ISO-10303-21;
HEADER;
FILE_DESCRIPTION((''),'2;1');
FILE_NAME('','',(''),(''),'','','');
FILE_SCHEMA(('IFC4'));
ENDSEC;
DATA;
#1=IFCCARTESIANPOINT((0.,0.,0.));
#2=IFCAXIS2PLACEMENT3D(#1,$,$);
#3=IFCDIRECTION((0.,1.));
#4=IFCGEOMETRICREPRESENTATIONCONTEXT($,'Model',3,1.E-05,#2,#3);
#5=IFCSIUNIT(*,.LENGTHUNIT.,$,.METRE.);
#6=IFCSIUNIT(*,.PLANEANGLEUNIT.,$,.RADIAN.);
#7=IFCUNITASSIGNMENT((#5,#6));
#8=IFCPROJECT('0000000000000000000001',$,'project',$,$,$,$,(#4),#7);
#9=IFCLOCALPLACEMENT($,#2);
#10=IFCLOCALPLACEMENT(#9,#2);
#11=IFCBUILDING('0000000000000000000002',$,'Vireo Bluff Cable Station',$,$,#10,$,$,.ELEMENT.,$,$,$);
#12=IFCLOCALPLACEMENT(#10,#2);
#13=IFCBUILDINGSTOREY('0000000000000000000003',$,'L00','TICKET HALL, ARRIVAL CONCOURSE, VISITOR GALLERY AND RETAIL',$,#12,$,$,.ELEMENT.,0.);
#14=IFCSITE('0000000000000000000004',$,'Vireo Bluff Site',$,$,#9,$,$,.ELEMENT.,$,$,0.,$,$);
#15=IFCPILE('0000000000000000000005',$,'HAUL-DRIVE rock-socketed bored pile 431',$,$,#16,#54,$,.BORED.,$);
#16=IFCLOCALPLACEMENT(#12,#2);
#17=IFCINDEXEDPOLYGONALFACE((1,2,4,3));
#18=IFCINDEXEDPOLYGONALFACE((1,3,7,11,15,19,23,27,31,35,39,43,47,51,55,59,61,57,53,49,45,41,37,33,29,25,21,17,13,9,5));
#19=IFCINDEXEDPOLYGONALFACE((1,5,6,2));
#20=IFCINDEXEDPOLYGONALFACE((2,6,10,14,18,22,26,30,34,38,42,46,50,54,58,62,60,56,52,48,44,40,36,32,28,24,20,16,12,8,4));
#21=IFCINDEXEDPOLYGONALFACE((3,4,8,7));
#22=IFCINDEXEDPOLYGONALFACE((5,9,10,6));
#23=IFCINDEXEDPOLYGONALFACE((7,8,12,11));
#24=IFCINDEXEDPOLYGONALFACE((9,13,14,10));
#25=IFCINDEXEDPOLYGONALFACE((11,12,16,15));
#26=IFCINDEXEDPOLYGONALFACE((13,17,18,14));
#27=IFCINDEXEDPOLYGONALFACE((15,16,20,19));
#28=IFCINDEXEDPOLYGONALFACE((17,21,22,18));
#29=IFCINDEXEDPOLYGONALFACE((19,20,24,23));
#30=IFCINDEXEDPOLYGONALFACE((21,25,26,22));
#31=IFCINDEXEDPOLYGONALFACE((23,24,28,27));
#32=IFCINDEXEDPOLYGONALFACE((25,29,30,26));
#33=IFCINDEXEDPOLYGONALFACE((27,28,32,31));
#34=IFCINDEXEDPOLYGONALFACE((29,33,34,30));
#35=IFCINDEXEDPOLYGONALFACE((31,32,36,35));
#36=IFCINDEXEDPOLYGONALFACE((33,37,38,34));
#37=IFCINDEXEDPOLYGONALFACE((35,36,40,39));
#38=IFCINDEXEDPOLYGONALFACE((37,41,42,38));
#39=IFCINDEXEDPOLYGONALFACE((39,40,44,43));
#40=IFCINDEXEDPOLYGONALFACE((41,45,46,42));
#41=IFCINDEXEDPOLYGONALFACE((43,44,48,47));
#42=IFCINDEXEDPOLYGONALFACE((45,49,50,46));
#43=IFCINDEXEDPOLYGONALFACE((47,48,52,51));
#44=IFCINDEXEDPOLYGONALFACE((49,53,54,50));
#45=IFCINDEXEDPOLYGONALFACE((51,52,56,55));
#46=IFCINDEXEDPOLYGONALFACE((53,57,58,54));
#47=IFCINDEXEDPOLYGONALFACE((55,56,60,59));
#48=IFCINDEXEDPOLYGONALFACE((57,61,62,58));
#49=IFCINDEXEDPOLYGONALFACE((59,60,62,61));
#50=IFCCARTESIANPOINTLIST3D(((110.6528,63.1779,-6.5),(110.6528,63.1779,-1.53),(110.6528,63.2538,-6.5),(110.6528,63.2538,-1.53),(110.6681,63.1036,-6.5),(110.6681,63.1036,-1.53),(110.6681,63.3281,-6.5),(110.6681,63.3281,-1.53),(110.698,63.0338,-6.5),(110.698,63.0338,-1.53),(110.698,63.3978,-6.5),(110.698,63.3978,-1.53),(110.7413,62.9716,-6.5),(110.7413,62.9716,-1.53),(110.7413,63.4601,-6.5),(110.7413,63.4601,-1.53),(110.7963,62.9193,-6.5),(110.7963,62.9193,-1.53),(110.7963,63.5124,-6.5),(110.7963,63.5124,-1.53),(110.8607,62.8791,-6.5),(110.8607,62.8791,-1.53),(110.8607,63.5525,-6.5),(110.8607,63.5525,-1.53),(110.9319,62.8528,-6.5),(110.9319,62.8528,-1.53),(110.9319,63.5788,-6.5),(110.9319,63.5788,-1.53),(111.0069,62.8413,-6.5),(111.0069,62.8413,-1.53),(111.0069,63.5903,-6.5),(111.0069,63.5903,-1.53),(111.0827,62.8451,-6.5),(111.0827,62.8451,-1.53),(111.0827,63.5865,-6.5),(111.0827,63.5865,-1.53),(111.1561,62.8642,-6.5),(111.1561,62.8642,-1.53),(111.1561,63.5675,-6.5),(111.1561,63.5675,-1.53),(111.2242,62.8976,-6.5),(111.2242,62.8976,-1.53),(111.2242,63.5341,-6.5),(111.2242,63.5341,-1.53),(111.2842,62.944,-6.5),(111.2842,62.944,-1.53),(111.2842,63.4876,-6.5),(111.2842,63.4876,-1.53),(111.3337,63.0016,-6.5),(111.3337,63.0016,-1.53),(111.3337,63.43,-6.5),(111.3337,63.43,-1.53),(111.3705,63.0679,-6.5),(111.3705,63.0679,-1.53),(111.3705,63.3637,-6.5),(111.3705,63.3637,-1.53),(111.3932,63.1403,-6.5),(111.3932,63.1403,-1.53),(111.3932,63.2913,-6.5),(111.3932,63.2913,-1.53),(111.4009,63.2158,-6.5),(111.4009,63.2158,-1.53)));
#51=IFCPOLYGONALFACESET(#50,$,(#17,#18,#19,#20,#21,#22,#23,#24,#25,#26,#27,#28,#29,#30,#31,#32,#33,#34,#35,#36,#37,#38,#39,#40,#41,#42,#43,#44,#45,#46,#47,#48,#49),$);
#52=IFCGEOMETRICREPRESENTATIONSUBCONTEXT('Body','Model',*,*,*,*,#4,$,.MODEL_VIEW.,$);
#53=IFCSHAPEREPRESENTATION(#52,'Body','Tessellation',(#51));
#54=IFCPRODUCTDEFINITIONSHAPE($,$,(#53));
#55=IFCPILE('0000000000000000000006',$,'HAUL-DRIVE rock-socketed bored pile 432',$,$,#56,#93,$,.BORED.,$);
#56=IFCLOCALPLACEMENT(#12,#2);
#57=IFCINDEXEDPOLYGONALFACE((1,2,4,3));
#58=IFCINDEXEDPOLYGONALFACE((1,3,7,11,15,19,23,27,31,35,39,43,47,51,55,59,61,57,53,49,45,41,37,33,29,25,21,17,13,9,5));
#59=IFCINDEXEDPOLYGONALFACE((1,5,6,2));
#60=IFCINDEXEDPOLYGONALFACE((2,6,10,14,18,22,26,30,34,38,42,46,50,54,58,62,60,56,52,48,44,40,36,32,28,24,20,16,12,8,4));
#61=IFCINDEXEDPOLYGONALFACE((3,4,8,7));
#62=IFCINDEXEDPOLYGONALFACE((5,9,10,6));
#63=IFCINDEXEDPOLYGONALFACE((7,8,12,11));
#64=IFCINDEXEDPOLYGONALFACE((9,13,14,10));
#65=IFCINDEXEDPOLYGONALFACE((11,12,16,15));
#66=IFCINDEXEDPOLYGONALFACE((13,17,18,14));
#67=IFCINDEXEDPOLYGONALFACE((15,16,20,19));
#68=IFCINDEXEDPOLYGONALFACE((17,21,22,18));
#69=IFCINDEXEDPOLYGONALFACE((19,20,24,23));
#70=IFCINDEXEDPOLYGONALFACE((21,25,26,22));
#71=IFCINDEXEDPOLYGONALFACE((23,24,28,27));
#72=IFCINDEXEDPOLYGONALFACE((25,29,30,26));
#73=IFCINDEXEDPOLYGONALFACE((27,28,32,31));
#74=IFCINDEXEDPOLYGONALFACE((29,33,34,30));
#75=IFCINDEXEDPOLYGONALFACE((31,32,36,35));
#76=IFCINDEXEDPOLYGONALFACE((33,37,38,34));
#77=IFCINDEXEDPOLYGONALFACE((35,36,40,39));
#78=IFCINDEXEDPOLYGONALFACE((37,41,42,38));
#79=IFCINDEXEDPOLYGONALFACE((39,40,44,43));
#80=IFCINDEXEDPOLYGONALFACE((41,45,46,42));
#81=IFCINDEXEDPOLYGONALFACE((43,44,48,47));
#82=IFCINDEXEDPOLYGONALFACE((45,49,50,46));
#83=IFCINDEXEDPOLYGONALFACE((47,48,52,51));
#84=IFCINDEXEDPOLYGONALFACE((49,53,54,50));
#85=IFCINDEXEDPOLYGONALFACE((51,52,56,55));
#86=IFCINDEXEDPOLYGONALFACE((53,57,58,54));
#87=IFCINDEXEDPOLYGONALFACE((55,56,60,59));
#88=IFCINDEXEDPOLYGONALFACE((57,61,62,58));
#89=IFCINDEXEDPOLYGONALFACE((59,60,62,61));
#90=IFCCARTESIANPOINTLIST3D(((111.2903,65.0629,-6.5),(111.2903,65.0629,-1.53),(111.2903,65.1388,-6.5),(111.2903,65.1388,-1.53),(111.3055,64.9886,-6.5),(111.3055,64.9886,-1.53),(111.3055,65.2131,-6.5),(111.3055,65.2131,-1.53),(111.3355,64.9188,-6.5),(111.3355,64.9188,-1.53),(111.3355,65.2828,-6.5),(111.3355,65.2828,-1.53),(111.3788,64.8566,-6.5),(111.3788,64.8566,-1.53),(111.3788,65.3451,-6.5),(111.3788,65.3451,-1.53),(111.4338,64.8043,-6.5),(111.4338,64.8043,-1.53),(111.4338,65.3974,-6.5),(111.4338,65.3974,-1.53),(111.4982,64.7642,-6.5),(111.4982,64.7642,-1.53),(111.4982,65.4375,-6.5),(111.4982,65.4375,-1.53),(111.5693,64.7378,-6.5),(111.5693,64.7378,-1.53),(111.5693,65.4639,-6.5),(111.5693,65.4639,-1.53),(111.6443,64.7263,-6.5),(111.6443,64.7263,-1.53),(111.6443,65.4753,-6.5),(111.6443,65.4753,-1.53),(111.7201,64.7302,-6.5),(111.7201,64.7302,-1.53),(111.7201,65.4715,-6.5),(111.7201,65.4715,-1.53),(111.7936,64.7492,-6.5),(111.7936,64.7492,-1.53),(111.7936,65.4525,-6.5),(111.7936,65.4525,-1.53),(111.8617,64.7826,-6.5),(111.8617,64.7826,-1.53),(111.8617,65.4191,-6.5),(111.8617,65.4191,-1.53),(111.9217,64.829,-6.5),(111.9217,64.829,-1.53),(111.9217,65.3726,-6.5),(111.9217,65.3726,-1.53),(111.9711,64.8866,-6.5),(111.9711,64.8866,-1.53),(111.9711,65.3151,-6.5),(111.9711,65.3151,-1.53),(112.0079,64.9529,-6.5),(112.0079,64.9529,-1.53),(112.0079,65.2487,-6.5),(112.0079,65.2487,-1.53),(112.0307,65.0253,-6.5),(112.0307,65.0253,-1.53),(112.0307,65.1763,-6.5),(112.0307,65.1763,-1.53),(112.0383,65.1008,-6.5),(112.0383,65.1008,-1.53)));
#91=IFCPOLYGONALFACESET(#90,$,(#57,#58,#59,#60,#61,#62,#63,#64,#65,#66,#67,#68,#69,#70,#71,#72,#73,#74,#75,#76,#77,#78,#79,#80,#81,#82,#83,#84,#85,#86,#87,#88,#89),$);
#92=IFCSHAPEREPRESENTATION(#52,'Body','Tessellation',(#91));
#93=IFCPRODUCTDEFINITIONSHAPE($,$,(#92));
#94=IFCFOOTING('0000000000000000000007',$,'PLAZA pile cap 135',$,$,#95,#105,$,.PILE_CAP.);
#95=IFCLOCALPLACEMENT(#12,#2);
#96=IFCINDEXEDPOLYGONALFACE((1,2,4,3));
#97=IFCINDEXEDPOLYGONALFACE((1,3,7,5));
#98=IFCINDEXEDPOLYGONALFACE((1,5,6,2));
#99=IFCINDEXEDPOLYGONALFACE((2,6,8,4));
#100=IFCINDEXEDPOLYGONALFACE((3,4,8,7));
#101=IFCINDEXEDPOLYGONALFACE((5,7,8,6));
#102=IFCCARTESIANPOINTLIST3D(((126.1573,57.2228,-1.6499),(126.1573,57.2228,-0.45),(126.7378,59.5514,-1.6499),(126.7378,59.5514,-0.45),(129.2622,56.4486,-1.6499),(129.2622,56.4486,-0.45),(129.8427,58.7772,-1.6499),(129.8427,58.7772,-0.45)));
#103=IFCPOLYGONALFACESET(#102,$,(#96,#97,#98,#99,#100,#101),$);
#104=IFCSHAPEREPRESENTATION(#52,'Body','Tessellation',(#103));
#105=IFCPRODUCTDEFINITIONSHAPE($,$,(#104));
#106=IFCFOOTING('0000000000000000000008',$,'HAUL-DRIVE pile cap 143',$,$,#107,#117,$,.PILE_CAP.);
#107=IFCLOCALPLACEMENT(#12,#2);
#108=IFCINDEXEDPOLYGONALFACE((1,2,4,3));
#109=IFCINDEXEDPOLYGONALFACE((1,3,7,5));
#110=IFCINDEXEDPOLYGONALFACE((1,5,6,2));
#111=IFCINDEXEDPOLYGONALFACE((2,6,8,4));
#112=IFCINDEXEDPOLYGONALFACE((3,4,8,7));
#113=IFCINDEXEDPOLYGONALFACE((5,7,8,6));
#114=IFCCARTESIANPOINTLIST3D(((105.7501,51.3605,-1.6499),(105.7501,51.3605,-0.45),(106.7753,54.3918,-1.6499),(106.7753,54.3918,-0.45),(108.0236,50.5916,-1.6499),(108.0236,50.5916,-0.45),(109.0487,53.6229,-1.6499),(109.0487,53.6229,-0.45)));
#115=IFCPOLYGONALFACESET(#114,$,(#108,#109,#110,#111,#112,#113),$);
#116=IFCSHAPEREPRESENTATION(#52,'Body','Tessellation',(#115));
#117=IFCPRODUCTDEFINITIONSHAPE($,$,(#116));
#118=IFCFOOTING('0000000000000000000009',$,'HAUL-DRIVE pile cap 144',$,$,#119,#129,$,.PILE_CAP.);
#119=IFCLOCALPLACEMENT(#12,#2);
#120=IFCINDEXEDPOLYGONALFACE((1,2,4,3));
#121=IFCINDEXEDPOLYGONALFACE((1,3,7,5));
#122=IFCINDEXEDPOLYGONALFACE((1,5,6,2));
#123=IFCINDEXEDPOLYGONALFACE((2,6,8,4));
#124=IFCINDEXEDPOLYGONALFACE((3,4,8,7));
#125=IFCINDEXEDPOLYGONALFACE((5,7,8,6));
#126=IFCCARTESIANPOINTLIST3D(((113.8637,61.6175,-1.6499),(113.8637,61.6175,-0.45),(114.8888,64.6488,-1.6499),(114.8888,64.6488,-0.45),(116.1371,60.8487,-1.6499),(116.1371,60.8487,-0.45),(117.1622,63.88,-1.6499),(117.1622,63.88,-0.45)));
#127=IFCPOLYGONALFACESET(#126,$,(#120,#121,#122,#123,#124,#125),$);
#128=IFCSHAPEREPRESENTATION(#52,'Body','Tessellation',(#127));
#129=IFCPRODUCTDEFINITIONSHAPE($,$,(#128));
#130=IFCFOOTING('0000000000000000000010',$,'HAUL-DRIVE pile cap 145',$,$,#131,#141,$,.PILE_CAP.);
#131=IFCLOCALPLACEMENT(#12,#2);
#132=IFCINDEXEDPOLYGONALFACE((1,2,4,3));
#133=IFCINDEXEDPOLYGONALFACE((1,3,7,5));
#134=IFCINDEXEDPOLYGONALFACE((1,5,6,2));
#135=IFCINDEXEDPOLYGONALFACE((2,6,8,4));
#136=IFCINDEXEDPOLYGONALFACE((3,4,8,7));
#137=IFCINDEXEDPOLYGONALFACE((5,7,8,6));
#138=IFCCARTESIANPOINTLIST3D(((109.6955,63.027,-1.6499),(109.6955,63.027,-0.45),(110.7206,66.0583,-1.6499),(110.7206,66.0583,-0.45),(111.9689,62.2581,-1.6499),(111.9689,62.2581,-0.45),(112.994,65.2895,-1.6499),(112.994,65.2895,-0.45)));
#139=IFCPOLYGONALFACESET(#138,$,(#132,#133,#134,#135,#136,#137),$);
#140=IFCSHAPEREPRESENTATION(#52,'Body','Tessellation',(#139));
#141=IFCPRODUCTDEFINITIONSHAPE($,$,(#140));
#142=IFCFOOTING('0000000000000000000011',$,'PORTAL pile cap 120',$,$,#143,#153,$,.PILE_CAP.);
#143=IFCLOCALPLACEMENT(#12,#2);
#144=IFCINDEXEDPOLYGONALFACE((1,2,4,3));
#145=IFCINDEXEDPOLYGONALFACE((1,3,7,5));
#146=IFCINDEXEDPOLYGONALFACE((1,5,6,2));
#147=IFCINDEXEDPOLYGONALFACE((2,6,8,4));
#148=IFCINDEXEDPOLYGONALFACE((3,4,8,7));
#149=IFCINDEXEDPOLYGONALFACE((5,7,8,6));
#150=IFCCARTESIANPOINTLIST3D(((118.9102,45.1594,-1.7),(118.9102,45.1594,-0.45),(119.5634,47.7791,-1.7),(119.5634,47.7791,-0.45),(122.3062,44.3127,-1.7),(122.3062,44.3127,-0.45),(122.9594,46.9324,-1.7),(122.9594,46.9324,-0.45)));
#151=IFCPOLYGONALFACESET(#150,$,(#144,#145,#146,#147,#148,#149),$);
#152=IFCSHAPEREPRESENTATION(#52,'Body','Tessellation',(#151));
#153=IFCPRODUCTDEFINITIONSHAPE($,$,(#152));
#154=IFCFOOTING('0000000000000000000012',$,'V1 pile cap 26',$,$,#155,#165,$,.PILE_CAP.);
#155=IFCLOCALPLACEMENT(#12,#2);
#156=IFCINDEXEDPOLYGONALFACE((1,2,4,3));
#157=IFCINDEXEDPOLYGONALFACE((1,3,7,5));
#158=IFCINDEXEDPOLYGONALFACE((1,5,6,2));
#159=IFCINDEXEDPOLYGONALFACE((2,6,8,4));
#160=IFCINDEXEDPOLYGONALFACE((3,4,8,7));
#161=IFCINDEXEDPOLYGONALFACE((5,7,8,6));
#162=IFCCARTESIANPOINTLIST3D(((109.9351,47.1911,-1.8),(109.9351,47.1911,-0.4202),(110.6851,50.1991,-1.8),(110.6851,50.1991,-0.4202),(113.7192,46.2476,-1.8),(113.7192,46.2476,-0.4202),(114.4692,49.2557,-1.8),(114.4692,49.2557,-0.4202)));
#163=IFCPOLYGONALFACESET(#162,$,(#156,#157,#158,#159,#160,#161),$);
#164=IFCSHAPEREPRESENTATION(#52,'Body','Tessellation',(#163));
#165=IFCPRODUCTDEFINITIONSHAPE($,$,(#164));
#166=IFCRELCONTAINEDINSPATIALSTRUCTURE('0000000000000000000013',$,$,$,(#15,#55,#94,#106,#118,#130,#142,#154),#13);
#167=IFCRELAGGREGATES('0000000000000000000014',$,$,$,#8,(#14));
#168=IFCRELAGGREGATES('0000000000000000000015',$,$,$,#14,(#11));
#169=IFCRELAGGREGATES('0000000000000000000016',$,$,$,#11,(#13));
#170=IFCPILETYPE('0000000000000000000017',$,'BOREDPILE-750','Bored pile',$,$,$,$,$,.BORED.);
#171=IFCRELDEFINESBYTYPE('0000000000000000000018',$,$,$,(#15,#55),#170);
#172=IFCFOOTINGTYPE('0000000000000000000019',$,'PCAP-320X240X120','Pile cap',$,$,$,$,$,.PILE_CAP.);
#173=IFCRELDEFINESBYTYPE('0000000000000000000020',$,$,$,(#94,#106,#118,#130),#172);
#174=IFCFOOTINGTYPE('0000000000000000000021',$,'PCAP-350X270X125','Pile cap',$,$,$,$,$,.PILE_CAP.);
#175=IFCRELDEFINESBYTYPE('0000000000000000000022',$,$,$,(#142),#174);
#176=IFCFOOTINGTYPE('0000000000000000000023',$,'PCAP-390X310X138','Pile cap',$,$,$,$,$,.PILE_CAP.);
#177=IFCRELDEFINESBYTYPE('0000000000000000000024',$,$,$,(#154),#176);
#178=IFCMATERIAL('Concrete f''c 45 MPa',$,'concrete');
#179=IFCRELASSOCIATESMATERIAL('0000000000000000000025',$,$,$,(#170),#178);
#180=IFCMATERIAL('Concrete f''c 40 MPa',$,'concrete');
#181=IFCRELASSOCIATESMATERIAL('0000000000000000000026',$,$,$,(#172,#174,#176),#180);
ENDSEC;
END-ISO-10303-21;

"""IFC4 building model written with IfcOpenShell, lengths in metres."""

from ifc_helpers import new_model, si_unit, direction, frame, origin, origin_2d, place, context, subcontext, project, spatial, rectangle, circle, extrude, material, material_profile, profile_set, type_object, element, save


model = new_model("IFC4")

# Units and contexts
model_context = context("Model", 3, precision=1e-05, world=origin(), true_north=direction((0.0, 1.0)))
body_context = subcontext(model_context, "Body", "Model", "MODEL_VIEW")
ifc_project = project(units=[si_unit("LENGTHUNIT", "METRE"), si_unit("PLANEANGLEUNIT", "RADIAN")], contexts=[model_context])

# Site, building, storey
site_placement = place(None, origin())
site = spatial("IfcSite", under=ifc_project, at=site_placement, Name="Vireo Bluff Site", CompositionType="ELEMENT", RefElevation=0.0)
building_placement = place(site_placement, origin())
building = spatial("IfcBuilding", under=site, at=building_placement, Name="Vireo Bluff Cable Station", CompositionType="ELEMENT")
storey_placement = place(building_placement, origin())
storey = spatial("IfcBuildingStorey", under=building, at=storey_placement, Name="L00", Description="TICKET HALL, ARRIVAL CONCOURSE, VISITOR GALLERY AND RETAIL", CompositionType="ELEMENT", Elevation=0.0)

# Piles
ifc_material_1 = material(Name="Concrete f'c 45 MPa", Category="concrete")
ifc_material_profile_1 = material_profile(ifc_material_1, circle(Radius=0.375, at=origin_2d()), Name="BOREDPILE-750")
ifc_profile_set_1 = profile_set([ifc_material_profile_1], Name="Concrete f'c 45 MPa")
pile_type = type_object("IfcPileType", Name="BOREDPILE-750", Description="Bored pile", PredefinedType="BORED", material=ifc_profile_set_1)
for number, where, z_axis, x_axis, name in (
    (1, (111.0259, 63.2158, -1.53), (0.0, 0.0, -1.0), (1.0, 0.0, 0.0), "HAUL-DRIVE rock-socketed bored pile 431"),
    (2, (111.6633, 65.1008, -1.53), (0.0, 0.0, -1.0), (1.0, 0.0, 0.0), "HAUL-DRIVE rock-socketed bored pile 432"),
):
    element("IfcPile", number, at=place(storey_placement, frame(where, z_axis=z_axis, x_axis=x_axis)), inside=storey, type_object=pile_type, Name=name, PredefinedType="BORED", context=body_context, shape_type="SweptSolid", body=[
        extrude(circle(Radius=0.375, at=origin_2d()), origin(), (0.0, 0.0, 1.0), 4.97),
    ])

# Footings
ifc_material_2 = material(Name="Concrete f'c 40 MPa", Category="concrete")
footing_type_1 = type_object("IfcFootingType", Name="PCAP-320X240X120", Description="Pile cap", PredefinedType="PILE_CAP", material=ifc_material_2)
for number, where, z_axis, x_axis, name in (
    (3, (128.0, 58.0, -1.6499), (0.0, 0.0, 1.0), (0.970296, -0.241922, 0.0), "PLAZA pile cap 135"),
    (4, (107.3994, 52.4917, -1.6499), (0.0, 0.0, 1.0), (0.320352, 0.947299, 0.0), "HAUL-DRIVE pile cap 143"),
    (5, (115.5129, 62.7488, -1.6499), (0.0, 0.0, 1.0), (0.320352, 0.947299, 0.0), "HAUL-DRIVE pile cap 144"),
    (6, (111.3447, 64.1582, -1.6499), (0.0, 0.0, 1.0), (0.320352, 0.947299, 0.0), "HAUL-DRIVE pile cap 145"),
):
    element("IfcFooting", number, at=place(storey_placement, frame(where, z_axis=z_axis, x_axis=x_axis)), inside=storey, type_object=footing_type_1, Name=name, PredefinedType="PILE_CAP", context=body_context, shape_type="SweptSolid", body=[
        extrude(rectangle(XDim=3.2, YDim=2.3999, at=origin_2d()), origin(), (0.0, 0.0, 1.0), 1.2),
    ])
footing_type_2 = type_object("IfcFootingType", Name="PCAP-350X270X125", Description="Pile cap", PredefinedType="PILE_CAP", material=ifc_material_2)
footing_1_placement = place(storey_placement, frame((120.9348, 46.0459, -1.7), z_axis=(0.0, 0.0, 1.0), x_axis=(0.970296, -0.241922, 0.0)))
element("IfcFooting", 7, at=footing_1_placement, inside=storey, type_object=footing_type_2, Name="PORTAL pile cap 120", PredefinedType="PILE_CAP", context=body_context, shape_type="SweptSolid", body=[
    extrude(rectangle(XDim=3.5, YDim=2.7, at=origin_2d()), origin(), (0.0, 0.0, 1.0), 1.25),
])
footing_type_3 = type_object("IfcFootingType", Name="PCAP-390X310X138", Description="Pile cap", PredefinedType="PILE_CAP", material=ifc_material_2)
footing_2_placement = place(storey_placement, frame((112.2021, 48.2234, -1.8), z_axis=(0.0, 0.0, 1.0), x_axis=(0.970296, -0.241922, 0.0)))
element("IfcFooting", 8, at=footing_2_placement, inside=storey, type_object=footing_type_3, Name="V1 pile cap 26", PredefinedType="PILE_CAP", context=body_context, shape_type="SweptSolid", body=[
    extrude(rectangle(XDim=3.8999, YDim=3.1001, at=origin_2d()), origin(), (0.0, 0.0, 1.0), 1.3799),
])

save(model, "model.ifc")
